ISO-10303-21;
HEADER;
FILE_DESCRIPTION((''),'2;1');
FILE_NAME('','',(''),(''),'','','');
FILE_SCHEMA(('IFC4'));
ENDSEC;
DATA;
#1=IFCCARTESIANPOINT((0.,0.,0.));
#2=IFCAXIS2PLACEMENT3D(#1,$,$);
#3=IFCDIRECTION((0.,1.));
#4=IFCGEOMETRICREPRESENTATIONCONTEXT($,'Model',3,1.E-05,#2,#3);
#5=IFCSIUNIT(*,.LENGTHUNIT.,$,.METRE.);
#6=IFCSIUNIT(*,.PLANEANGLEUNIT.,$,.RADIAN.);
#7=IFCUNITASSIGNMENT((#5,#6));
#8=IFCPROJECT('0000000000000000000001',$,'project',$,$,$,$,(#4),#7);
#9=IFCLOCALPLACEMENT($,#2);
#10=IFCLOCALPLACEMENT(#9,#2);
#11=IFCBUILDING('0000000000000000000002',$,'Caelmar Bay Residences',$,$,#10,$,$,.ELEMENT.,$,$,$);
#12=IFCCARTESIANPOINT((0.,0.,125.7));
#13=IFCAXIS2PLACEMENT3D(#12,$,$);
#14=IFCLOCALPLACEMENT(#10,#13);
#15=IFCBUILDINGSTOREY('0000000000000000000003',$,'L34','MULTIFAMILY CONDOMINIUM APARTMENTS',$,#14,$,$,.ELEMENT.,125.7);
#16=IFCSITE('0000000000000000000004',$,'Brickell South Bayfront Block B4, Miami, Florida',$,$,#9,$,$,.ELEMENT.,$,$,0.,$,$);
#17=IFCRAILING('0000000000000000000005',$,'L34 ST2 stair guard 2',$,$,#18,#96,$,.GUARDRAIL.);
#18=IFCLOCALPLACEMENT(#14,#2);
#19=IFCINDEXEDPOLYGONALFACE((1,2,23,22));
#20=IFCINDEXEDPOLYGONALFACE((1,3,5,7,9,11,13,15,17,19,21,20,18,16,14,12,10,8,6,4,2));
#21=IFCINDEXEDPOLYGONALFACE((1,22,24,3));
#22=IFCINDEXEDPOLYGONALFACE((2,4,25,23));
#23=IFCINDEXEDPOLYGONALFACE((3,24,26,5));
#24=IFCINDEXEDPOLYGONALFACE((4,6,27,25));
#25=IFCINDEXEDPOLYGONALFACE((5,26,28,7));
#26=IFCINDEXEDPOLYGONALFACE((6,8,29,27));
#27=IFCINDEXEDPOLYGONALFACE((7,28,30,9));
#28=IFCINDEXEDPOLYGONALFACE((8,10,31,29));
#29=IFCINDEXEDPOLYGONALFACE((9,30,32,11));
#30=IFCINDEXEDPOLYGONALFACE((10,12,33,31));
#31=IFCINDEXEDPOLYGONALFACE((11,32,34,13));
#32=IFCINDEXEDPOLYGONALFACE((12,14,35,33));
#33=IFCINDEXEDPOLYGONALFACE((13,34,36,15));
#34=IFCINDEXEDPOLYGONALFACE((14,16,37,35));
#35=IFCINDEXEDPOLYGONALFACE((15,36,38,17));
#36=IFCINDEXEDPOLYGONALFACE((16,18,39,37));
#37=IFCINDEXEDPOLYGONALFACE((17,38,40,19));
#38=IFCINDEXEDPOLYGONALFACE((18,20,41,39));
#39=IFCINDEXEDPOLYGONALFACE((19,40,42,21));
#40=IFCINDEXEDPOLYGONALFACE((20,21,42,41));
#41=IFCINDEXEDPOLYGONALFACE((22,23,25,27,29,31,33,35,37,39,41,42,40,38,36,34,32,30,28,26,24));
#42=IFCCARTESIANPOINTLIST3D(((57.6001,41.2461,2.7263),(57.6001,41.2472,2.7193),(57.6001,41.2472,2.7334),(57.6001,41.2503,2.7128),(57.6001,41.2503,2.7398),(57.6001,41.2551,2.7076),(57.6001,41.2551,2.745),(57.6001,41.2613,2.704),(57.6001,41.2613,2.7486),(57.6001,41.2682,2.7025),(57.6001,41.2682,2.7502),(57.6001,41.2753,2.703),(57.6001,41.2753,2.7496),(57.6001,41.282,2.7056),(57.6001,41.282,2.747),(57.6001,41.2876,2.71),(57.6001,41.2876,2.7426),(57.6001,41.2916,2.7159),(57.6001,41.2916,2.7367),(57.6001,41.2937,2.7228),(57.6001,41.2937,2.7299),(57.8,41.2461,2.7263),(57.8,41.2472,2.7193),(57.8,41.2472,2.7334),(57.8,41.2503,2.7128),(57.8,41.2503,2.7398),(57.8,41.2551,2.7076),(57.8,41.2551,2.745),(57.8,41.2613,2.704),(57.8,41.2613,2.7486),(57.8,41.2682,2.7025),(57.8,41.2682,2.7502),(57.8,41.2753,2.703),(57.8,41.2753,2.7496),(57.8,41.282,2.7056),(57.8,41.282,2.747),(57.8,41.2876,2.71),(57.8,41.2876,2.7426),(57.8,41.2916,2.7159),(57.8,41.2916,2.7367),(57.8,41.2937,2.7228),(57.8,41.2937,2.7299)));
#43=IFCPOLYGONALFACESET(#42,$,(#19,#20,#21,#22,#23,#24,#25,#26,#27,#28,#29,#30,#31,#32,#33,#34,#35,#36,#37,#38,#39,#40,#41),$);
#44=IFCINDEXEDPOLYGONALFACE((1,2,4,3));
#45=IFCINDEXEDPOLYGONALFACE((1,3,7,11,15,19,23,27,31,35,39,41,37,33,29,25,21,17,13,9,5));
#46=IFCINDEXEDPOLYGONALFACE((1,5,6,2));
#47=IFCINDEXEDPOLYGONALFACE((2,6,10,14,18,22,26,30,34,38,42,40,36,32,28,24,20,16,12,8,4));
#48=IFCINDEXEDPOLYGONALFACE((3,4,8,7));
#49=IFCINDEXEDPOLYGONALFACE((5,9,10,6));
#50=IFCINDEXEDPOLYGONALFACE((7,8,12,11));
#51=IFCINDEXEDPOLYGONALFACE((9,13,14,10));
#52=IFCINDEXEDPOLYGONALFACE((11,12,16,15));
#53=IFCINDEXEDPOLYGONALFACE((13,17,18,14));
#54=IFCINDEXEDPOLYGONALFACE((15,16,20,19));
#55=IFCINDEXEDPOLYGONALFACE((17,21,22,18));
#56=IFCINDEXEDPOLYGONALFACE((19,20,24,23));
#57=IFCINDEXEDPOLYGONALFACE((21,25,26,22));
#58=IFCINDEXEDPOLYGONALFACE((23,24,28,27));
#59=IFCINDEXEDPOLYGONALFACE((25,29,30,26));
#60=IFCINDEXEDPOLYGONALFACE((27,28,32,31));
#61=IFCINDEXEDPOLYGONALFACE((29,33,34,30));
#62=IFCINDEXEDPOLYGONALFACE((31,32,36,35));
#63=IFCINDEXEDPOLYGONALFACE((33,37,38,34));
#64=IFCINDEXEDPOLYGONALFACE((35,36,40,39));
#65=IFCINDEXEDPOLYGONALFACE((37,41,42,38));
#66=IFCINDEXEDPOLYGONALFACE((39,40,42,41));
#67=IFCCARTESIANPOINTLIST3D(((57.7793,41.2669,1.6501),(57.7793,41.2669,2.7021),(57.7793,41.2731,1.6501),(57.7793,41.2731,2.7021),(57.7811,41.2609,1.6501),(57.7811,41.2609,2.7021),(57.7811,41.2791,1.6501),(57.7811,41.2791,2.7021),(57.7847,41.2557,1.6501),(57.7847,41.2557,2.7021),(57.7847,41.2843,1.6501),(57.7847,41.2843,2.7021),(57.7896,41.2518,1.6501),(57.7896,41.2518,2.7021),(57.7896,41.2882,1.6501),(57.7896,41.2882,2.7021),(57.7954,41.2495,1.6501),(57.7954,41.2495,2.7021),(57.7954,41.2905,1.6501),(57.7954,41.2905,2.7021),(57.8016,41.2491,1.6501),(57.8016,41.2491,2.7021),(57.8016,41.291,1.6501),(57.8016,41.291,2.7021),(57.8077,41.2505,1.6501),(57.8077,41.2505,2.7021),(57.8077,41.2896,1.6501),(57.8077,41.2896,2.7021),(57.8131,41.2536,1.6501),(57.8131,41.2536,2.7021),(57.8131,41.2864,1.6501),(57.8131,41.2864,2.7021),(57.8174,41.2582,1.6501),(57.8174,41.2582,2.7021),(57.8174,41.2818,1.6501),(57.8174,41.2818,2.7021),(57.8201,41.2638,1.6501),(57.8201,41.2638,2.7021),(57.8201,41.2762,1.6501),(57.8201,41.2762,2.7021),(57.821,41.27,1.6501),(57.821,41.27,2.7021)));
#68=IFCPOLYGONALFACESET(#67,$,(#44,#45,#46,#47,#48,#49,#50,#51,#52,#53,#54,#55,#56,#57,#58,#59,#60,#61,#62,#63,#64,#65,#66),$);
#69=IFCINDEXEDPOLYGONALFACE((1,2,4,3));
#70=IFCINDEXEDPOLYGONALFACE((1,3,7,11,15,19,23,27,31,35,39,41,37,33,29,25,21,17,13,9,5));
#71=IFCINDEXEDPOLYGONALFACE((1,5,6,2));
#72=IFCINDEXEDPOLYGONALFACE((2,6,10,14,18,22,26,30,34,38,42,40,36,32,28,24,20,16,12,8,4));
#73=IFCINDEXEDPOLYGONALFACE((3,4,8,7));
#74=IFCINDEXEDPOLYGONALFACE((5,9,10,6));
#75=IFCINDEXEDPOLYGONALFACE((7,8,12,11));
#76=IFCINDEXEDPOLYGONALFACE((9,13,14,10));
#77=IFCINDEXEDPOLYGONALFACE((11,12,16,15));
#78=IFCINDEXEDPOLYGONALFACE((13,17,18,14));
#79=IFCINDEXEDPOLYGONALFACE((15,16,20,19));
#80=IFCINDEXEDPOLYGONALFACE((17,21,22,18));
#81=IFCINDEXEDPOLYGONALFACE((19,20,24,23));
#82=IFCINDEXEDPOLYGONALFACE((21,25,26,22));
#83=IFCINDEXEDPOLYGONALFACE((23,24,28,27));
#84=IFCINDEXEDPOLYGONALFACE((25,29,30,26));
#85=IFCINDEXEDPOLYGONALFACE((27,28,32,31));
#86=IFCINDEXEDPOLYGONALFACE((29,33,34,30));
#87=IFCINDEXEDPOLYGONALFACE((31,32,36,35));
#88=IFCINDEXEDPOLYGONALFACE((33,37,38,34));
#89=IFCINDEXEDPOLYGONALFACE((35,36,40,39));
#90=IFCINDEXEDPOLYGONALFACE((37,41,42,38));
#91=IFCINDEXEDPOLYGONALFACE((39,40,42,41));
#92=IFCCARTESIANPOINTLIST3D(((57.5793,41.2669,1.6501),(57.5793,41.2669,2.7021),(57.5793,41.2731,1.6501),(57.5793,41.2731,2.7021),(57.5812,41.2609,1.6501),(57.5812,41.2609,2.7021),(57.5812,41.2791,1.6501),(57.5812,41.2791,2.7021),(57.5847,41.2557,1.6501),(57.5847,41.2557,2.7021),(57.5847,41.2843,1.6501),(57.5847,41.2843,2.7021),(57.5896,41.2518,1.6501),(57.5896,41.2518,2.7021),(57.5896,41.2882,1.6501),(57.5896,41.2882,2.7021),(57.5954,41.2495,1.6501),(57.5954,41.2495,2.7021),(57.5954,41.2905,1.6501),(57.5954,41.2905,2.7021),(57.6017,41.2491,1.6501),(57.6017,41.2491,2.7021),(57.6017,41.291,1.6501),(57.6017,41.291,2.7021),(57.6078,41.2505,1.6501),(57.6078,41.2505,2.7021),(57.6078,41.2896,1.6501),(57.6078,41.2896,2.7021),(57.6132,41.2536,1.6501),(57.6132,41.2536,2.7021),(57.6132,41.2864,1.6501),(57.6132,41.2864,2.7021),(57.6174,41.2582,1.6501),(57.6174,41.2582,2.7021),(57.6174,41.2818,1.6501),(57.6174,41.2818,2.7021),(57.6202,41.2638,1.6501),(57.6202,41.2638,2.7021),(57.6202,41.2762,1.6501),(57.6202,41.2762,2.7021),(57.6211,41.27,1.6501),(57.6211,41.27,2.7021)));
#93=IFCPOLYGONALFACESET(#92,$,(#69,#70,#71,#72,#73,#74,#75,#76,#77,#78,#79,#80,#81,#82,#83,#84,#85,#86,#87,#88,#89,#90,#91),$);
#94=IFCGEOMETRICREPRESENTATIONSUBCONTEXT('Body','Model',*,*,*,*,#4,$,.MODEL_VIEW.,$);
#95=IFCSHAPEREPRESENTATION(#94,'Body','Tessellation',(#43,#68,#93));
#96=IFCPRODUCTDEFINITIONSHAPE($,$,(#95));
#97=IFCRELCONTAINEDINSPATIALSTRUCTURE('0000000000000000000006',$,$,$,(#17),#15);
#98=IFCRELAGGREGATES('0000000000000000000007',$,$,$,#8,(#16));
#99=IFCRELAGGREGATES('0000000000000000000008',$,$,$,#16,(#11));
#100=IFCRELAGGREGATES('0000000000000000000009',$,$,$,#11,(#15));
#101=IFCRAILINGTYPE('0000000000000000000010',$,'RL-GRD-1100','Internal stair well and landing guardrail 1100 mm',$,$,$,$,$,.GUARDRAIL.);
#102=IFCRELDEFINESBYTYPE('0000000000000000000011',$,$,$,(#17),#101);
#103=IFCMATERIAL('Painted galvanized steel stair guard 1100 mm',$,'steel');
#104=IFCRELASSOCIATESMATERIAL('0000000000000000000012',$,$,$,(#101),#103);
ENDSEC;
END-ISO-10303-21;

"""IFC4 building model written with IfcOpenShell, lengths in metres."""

from ifc_helpers import new_model, si_unit, direction, frame, origin, origin_2d, place, context, subcontext, project, spatial, circle, extrude, material, type_object, element, save


model = new_model("IFC4")

# Units and contexts
model_context = context("Model", 3, precision=1e-05, world=origin(), true_north=direction((0.0, 1.0)))
body_context = subcontext(model_context, "Body", "Model", "MODEL_VIEW")
ifc_project = project(units=[si_unit("LENGTHUNIT", "METRE"), si_unit("PLANEANGLEUNIT", "RADIAN")], contexts=[model_context])

# Site, building, storey
site_placement = place(None, origin())
site = spatial("IfcSite", under=ifc_project, at=site_placement, Name="Brickell South Bayfront Block B4, Miami, Florida", CompositionType="ELEMENT", RefElevation=0.0)
building_placement = place(site_placement, origin())
building = spatial("IfcBuilding", under=site, at=building_placement, Name="Caelmar Bay Residences", CompositionType="ELEMENT")
storey_placement = place(building_placement, frame((0.0, 0.0, 125.7)))
storey = spatial("IfcBuildingStorey", under=building, at=storey_placement, Name="L34", Description="MULTIFAMILY CONDOMINIUM APARTMENTS", CompositionType="ELEMENT", Elevation=125.7)

# Railing
ifc_material_1 = material(Name="Painted galvanized steel stair guard 1100 mm", Category="steel")
railing_type_1 = type_object("IfcRailingType", Name="RL-GRD-1100", Description="Internal stair well and landing guardrail 1100 mm", PredefinedType="GUARDRAIL", material=ifc_material_1)
railing_1_placement = place(storey_placement, frame((57.8, 41.27, 1.6501)))
element("IfcRailing", 1, at=railing_1_placement, inside=storey, type_object=railing_type_1, Name="L34 ST2 stair guard 2", PredefinedType="GUARDRAIL", context=body_context, shape_type="SweptSolid", body=[
    extrude(circle(Radius=0.0239, at=origin_2d()), frame((0.0, 0.0, 1.0762), z_axis=(-1.0, 0.0, 0.0), x_axis=(0.0, -1.0, 0.0)), (0.0, 0.0, 1.0), 0.2),
    extrude(circle(Radius=0.021, at=origin_2d()), origin(), (0.0, 0.0, 1.0), 1.052),
    extrude(circle(Radius=0.021, at=origin_2d()), frame((-0.2, 0.0, 0.0)), (0.0, 0.0, 1.0), 1.052),
])

save(model, "model.ifc")
